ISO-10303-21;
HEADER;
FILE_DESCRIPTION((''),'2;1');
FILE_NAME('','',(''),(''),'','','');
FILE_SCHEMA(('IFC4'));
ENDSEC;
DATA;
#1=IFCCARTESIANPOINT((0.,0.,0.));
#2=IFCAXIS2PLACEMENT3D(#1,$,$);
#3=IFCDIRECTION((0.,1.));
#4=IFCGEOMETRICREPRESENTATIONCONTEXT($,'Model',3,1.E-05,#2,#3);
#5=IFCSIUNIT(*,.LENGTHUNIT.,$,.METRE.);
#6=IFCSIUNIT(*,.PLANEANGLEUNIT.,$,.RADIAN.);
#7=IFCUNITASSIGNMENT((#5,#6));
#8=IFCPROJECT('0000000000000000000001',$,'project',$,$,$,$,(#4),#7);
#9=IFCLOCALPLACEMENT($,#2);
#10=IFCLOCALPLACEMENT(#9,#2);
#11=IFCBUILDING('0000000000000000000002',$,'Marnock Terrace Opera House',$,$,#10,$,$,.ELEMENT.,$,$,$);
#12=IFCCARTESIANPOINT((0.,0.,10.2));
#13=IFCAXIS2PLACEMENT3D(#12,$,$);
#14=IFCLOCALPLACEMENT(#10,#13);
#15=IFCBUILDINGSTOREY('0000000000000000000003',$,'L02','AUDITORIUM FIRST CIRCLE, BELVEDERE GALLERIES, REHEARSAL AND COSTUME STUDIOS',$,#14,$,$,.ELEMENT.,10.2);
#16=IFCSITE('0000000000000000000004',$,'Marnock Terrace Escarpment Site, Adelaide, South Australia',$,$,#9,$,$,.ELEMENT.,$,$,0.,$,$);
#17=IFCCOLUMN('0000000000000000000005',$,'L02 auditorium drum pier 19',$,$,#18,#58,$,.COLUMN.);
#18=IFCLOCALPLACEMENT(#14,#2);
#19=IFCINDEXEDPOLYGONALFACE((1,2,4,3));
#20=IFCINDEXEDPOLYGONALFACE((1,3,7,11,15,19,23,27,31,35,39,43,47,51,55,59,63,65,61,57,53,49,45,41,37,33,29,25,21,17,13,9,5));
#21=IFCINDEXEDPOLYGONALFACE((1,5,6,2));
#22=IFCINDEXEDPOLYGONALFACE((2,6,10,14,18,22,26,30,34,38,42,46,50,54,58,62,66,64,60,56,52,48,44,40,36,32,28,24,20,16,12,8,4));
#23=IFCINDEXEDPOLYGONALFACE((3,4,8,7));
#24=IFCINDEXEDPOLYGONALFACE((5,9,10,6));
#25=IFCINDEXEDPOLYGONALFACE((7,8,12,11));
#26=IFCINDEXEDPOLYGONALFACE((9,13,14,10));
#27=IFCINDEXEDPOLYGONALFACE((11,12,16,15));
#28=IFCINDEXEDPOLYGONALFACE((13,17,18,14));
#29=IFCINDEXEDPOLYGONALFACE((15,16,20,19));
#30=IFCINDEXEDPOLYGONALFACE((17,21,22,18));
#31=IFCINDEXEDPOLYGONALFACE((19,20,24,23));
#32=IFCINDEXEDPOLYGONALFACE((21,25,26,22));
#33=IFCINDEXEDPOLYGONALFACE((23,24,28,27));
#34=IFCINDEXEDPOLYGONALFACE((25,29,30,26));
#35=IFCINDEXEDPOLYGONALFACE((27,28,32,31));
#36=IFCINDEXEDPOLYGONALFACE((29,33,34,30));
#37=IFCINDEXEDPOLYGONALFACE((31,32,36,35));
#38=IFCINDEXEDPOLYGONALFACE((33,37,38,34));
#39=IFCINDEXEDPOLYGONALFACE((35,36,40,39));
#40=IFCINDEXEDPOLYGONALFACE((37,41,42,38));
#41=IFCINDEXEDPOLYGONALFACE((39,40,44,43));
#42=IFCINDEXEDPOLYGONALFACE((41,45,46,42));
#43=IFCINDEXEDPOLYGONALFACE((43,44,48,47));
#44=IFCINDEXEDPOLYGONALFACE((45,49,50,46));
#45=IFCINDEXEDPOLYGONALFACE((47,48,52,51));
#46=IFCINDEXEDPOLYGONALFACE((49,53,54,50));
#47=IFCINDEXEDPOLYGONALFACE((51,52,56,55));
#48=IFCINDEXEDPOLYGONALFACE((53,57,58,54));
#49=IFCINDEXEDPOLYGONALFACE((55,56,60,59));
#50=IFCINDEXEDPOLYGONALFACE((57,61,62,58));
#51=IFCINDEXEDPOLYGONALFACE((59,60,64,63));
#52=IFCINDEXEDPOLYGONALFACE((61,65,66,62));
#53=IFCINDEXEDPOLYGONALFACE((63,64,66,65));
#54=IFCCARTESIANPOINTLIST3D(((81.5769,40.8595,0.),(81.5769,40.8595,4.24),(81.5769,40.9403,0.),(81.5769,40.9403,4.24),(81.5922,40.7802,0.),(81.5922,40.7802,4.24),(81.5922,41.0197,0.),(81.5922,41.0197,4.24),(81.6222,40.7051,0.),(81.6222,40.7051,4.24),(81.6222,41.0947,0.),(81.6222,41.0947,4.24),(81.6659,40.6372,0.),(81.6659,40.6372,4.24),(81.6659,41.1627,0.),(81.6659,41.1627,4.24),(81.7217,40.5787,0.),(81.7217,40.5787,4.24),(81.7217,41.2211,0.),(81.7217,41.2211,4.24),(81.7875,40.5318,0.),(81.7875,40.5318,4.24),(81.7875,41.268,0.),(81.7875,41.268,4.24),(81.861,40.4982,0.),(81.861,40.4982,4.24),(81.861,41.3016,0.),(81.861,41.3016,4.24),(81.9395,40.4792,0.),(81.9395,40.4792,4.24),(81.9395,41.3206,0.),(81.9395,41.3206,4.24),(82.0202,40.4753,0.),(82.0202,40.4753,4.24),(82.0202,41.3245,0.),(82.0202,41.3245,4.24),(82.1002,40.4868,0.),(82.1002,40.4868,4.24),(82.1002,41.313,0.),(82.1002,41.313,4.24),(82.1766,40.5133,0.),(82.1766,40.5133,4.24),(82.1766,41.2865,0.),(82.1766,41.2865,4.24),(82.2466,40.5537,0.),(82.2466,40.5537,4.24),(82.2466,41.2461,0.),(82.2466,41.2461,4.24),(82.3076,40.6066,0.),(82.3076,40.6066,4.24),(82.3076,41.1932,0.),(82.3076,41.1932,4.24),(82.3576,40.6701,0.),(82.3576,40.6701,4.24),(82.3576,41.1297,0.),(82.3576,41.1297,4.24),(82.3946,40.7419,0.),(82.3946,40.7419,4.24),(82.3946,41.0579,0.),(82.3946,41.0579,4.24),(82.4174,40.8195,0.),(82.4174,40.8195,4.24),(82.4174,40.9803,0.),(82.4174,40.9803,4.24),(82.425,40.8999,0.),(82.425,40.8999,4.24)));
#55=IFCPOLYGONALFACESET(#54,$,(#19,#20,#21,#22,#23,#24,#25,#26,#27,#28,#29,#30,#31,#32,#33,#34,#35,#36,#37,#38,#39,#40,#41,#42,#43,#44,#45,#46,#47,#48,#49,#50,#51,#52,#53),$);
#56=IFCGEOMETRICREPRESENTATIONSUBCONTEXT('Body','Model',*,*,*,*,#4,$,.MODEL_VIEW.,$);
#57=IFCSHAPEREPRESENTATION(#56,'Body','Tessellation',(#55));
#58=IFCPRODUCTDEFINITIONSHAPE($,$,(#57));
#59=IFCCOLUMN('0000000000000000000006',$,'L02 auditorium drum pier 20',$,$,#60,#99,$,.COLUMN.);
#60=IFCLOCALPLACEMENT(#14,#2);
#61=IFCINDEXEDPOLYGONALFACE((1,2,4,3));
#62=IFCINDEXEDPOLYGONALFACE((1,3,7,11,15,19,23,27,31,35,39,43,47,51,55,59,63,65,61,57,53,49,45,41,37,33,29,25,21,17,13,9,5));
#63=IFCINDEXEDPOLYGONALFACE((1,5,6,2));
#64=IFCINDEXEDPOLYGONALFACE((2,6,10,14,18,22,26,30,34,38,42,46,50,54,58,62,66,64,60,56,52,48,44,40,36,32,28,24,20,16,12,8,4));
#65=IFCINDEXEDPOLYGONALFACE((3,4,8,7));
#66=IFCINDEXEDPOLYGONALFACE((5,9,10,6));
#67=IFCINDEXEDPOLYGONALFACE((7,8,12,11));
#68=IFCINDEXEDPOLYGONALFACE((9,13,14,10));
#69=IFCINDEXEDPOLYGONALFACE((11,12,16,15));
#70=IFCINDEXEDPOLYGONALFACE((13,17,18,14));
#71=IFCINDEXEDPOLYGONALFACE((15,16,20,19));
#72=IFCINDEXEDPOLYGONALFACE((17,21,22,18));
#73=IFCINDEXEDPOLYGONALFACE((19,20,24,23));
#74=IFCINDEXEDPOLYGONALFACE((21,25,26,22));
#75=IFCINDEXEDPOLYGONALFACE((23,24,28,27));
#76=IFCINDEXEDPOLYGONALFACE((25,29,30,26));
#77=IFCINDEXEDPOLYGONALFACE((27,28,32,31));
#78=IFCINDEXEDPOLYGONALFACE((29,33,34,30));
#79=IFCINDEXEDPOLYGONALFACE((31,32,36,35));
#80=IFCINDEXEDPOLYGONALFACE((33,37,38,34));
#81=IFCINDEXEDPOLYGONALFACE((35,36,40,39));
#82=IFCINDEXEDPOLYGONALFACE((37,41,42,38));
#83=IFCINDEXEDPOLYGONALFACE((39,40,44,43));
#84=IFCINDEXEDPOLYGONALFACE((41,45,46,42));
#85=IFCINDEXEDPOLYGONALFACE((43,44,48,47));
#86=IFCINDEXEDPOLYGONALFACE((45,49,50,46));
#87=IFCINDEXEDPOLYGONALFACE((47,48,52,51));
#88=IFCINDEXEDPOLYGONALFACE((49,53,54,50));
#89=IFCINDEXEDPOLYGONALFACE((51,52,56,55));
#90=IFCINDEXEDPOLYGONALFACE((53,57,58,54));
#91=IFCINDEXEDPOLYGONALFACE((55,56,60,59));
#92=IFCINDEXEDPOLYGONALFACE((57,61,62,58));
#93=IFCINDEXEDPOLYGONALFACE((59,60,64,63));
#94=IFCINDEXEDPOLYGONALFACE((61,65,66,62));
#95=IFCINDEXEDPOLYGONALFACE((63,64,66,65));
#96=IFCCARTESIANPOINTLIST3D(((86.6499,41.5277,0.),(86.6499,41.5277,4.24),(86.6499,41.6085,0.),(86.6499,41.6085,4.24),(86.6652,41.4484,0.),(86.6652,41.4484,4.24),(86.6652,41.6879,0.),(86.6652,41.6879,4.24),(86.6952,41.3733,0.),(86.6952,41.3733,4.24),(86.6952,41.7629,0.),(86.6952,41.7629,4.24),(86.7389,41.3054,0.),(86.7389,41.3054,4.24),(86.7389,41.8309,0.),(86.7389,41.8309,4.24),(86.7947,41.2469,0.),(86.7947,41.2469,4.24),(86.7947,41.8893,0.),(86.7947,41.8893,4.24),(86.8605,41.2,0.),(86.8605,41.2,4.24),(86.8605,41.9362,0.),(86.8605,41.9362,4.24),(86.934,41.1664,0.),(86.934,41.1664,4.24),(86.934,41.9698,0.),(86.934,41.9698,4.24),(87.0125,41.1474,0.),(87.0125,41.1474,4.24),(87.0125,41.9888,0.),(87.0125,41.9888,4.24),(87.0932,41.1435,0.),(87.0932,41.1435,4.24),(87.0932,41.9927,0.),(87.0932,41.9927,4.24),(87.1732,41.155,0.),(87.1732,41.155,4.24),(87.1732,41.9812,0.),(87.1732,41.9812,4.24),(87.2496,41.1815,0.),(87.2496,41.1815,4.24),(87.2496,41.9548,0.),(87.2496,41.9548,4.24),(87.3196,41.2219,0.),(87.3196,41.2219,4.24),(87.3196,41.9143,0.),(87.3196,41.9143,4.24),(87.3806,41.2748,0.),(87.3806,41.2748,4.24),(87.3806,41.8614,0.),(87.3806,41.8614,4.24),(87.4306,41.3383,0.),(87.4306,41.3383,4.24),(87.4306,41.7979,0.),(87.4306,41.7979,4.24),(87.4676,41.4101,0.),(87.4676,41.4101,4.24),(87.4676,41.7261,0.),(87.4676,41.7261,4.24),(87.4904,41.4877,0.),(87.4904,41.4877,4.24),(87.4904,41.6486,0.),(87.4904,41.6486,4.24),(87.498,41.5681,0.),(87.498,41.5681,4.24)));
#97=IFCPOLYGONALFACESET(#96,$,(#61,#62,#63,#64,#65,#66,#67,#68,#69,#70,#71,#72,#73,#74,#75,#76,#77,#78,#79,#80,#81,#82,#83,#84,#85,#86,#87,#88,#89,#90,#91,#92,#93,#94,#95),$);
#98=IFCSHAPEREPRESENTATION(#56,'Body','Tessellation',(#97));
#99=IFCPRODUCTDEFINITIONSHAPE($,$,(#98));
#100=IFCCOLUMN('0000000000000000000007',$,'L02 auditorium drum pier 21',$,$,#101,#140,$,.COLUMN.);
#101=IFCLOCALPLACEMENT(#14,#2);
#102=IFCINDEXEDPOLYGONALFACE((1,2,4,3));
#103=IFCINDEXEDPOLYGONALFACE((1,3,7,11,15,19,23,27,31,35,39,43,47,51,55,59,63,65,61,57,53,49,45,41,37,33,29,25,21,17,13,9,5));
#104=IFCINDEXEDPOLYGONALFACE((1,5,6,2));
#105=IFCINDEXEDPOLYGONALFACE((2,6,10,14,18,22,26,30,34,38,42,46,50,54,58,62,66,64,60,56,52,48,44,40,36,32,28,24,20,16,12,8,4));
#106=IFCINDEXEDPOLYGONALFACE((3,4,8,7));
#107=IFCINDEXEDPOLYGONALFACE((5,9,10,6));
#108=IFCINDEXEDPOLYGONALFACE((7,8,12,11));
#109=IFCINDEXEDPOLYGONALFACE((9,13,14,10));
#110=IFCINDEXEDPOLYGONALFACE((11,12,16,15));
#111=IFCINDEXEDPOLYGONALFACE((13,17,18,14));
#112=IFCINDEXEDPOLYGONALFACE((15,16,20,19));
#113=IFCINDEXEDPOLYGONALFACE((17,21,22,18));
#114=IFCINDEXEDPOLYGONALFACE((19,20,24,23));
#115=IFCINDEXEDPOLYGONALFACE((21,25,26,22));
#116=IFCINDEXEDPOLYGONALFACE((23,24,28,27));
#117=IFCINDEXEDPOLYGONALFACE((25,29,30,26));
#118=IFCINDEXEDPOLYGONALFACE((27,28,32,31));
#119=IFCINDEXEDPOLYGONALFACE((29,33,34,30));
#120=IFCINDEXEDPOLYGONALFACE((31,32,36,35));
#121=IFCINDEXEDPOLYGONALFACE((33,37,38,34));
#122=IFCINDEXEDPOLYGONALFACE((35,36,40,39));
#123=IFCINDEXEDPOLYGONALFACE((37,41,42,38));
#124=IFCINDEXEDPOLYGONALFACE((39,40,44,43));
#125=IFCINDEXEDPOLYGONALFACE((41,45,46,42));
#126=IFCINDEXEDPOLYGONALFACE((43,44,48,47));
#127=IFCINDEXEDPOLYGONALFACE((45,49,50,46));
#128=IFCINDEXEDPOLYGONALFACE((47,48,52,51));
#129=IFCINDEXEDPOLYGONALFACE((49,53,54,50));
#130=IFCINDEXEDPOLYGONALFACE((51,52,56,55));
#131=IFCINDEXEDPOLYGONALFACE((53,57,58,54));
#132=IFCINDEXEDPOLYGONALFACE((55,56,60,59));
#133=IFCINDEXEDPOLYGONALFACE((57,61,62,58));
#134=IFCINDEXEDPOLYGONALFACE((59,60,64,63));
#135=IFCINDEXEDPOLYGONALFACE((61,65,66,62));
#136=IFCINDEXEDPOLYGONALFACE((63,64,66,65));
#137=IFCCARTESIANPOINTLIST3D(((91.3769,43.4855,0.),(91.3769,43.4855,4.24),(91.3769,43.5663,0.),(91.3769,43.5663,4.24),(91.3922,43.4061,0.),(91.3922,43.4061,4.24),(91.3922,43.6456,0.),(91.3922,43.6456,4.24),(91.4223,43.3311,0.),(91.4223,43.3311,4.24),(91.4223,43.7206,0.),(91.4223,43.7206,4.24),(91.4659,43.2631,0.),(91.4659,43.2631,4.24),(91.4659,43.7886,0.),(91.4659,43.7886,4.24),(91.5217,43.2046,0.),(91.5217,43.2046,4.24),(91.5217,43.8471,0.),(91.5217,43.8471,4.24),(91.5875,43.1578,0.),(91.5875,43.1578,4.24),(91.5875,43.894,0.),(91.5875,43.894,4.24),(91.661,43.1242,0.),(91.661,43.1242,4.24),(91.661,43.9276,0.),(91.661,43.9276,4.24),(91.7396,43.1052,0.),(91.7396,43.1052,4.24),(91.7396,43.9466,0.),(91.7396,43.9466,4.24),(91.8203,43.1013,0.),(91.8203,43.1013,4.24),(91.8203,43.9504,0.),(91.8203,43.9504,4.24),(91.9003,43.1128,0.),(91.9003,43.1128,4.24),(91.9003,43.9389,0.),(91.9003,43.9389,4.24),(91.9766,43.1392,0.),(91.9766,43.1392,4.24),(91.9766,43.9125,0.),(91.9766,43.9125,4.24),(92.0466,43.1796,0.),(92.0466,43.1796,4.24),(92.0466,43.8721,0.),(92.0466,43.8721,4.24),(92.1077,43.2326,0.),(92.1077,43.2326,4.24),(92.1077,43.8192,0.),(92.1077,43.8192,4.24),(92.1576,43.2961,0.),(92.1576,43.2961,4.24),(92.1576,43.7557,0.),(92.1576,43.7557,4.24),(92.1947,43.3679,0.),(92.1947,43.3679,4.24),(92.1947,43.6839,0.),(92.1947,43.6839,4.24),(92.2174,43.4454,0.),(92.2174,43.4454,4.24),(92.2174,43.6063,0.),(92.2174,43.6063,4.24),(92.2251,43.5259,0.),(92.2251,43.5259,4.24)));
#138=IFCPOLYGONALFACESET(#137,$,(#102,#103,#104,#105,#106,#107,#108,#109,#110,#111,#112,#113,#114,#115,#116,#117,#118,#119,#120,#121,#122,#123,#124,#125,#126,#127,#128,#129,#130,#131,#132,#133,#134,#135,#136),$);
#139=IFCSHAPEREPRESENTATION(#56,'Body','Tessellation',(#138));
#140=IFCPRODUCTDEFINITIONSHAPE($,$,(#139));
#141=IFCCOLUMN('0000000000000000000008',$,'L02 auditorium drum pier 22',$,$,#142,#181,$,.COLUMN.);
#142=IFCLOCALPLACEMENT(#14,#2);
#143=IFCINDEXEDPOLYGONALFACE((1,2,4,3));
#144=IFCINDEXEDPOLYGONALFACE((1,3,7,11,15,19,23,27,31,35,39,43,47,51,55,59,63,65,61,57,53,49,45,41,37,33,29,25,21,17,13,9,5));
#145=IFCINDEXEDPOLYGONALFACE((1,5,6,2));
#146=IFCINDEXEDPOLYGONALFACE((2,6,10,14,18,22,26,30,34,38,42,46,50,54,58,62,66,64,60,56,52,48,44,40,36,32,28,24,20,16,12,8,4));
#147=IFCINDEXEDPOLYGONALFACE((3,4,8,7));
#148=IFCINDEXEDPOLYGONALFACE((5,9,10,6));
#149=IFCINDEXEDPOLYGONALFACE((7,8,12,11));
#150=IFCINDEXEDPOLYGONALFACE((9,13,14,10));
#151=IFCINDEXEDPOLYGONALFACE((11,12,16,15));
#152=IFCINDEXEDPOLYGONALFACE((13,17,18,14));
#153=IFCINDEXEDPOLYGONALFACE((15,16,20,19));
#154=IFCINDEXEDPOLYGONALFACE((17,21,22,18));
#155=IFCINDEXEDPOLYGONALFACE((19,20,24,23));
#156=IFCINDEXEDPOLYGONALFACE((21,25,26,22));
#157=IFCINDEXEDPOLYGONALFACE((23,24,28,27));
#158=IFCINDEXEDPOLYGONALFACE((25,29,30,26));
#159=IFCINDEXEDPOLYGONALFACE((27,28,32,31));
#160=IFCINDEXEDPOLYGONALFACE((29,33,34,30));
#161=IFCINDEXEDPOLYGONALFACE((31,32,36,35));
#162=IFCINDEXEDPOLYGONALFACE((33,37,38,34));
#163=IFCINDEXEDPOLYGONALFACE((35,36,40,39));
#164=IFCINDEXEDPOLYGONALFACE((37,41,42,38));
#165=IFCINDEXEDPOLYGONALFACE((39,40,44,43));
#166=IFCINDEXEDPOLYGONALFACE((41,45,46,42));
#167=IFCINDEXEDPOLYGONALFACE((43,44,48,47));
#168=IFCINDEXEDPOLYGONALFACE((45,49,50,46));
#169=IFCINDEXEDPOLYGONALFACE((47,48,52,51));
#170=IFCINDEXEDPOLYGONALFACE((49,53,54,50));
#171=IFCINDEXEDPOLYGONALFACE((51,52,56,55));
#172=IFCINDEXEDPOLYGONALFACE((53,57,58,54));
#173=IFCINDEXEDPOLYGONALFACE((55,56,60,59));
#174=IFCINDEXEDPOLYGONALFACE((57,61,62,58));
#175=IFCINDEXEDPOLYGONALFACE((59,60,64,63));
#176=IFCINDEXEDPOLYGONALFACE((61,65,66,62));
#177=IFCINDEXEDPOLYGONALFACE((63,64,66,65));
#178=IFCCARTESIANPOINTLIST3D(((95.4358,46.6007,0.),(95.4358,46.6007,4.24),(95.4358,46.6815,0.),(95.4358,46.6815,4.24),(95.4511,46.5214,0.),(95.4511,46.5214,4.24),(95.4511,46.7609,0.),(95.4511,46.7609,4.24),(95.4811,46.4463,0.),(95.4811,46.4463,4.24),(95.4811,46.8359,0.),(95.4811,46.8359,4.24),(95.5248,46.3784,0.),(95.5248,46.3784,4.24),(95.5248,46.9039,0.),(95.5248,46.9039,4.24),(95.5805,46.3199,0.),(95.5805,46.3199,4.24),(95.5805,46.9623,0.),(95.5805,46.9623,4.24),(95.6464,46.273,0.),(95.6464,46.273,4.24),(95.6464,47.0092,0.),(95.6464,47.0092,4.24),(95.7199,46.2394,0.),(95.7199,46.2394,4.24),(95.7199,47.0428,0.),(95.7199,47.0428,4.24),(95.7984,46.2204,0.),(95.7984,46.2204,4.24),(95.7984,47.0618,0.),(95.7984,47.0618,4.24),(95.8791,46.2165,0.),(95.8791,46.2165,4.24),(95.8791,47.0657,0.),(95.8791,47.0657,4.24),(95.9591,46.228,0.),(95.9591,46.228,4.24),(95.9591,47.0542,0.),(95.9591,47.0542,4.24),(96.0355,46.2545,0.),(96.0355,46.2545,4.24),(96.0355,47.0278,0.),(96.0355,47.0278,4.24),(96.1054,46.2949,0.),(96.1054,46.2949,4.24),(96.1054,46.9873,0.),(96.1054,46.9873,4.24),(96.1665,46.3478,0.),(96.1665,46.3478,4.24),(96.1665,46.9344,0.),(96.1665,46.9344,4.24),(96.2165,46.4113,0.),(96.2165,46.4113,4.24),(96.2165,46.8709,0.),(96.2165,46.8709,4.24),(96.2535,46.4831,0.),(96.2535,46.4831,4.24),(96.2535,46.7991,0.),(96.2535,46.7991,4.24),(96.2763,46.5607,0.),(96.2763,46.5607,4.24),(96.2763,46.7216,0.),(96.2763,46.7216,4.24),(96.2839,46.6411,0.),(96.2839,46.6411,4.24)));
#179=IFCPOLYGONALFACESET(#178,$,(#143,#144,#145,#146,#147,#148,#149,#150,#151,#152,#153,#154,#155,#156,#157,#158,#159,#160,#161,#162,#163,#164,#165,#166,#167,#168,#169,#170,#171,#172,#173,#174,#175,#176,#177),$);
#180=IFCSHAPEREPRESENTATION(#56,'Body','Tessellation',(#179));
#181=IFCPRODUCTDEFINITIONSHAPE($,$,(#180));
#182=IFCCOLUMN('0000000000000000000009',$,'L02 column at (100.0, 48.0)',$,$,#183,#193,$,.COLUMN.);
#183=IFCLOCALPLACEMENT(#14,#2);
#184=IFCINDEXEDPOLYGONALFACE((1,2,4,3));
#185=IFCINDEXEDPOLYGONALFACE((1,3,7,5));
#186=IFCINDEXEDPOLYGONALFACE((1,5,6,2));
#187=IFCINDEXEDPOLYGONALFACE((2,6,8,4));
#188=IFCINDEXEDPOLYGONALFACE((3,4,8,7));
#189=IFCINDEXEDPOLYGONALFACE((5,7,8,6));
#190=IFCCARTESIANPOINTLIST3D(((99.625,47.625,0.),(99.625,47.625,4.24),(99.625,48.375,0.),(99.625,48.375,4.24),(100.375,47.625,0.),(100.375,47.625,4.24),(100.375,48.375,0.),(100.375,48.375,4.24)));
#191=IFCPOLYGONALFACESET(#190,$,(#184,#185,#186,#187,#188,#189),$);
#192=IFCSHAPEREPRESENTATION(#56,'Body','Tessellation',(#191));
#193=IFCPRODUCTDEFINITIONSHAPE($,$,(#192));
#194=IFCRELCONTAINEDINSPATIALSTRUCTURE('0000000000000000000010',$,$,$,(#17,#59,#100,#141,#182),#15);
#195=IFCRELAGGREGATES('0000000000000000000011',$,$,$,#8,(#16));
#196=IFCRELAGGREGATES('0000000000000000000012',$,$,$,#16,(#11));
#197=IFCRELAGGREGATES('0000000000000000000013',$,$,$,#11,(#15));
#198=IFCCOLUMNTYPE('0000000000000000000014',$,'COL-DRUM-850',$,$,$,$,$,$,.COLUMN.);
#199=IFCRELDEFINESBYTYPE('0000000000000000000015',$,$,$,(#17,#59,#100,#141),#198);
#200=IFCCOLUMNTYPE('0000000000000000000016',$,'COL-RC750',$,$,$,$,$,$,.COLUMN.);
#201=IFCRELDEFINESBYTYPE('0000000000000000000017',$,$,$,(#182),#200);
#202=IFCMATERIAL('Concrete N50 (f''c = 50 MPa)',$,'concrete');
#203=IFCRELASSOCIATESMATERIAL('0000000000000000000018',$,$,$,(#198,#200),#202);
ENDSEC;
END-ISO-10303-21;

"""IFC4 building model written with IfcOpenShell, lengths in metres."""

from ifc_helpers import new_model, si_unit, direction, frame, origin, origin_2d, place, context, subcontext, project, spatial, rectangle, circle, extrude, material, material_profile, profile_set, type_object, element, save


model = new_model("IFC4")

# Units and contexts
model_context = context("Model", 3, precision=1e-05, world=origin(), true_north=direction((0.0, 1.0)))
body_context = subcontext(model_context, "Body", "Model", "MODEL_VIEW")
ifc_project = project(units=[si_unit("LENGTHUNIT", "METRE"), si_unit("PLANEANGLEUNIT", "RADIAN")], contexts=[model_context])

# Site, building, storey
site_placement = place(None, origin())
site = spatial("IfcSite", under=ifc_project, at=site_placement, Name="Marnock Terrace Escarpment Site, Adelaide, South Australia", CompositionType="ELEMENT", RefElevation=0.0)
building_placement = place(site_placement, origin())
building = spatial("IfcBuilding", under=site, at=building_placement, Name="Marnock Terrace Opera House", CompositionType="ELEMENT")
storey_placement = place(building_placement, frame((0.0, 0.0, 10.2)))
storey = spatial("IfcBuildingStorey", under=building, at=storey_placement, Name="L02", Description="AUDITORIUM FIRST CIRCLE, BELVEDERE GALLERIES, REHEARSAL AND COSTUME STUDIOS", CompositionType="ELEMENT", Elevation=10.2)

# Columns
ifc_material_1 = material(Name="Concrete N50 (f'c = 50 MPa)", Category="concrete")
ifc_material_profile_1 = material_profile(ifc_material_1, circle(Radius=0.425, at=origin_2d()))
ifc_profile_set_1 = profile_set([ifc_material_profile_1], Name="Concrete N50 (f'c = 50 MPa)")
column_type_1 = type_object("IfcColumnType", Name="COL-DRUM-850", PredefinedType="COLUMN", material=ifc_profile_set_1)
for number, where, z_axis, x_axis, name in (
    (1, (82.0, 40.8999, 0.0), (0.0, 0.0, 1.0), (1.0, 0.0, 0.0), "L02 auditorium drum pier 19"),
    (2, (87.073, 41.5681, 0.0), (0.0, 0.0, 1.0), (1.0, 0.0, 0.0), "L02 auditorium drum pier 20"),
    (3, (91.8, 43.5259, 0.0), (0.0, 0.0, 1.0), (1.0, 0.0, 0.0), "L02 auditorium drum pier 21"),
    (4, (95.8589, 46.6411, 0.0), (0.0, 0.0, 1.0), (1.0, 0.0, 0.0), "L02 auditorium drum pier 22"),
):
    element("IfcColumn", number, at=place(storey_placement, frame(where, z_axis=z_axis, x_axis=x_axis)), inside=storey, type_object=column_type_1, Name=name, PredefinedType="COLUMN", context=body_context, shape_type="SweptSolid", body=[
        extrude(circle(Radius=0.425, at=origin_2d()), origin(), (0.0, 0.0, 1.0), 4.24),
    ])
ifc_material_profile_2 = material_profile(ifc_material_1, rectangle(XDim=0.75, YDim=0.75, at=origin_2d()))
ifc_profile_set_2 = profile_set([ifc_material_profile_2], Name="Concrete N50 (f'c = 50 MPa)")
column_type_2 = type_object("IfcColumnType", Name="COL-RC750", PredefinedType="COLUMN", material=ifc_profile_set_2)
column_placement = place(storey_placement, frame((100.0, 48.0, 0.0), z_axis=(0.0, 0.0, 1.0), x_axis=(1.0, 0.0, 0.0)))
element("IfcColumn", 5, at=column_placement, inside=storey, type_object=column_type_2, Name="L02 column at (100.0, 48.0)", PredefinedType="COLUMN", context=body_context, shape_type="SweptSolid", body=[
    extrude(rectangle(XDim=0.75, YDim=0.75, at=origin_2d()), origin(), (0.0, 0.0, 1.0), 4.24),
])

save(model, "model.ifc")
